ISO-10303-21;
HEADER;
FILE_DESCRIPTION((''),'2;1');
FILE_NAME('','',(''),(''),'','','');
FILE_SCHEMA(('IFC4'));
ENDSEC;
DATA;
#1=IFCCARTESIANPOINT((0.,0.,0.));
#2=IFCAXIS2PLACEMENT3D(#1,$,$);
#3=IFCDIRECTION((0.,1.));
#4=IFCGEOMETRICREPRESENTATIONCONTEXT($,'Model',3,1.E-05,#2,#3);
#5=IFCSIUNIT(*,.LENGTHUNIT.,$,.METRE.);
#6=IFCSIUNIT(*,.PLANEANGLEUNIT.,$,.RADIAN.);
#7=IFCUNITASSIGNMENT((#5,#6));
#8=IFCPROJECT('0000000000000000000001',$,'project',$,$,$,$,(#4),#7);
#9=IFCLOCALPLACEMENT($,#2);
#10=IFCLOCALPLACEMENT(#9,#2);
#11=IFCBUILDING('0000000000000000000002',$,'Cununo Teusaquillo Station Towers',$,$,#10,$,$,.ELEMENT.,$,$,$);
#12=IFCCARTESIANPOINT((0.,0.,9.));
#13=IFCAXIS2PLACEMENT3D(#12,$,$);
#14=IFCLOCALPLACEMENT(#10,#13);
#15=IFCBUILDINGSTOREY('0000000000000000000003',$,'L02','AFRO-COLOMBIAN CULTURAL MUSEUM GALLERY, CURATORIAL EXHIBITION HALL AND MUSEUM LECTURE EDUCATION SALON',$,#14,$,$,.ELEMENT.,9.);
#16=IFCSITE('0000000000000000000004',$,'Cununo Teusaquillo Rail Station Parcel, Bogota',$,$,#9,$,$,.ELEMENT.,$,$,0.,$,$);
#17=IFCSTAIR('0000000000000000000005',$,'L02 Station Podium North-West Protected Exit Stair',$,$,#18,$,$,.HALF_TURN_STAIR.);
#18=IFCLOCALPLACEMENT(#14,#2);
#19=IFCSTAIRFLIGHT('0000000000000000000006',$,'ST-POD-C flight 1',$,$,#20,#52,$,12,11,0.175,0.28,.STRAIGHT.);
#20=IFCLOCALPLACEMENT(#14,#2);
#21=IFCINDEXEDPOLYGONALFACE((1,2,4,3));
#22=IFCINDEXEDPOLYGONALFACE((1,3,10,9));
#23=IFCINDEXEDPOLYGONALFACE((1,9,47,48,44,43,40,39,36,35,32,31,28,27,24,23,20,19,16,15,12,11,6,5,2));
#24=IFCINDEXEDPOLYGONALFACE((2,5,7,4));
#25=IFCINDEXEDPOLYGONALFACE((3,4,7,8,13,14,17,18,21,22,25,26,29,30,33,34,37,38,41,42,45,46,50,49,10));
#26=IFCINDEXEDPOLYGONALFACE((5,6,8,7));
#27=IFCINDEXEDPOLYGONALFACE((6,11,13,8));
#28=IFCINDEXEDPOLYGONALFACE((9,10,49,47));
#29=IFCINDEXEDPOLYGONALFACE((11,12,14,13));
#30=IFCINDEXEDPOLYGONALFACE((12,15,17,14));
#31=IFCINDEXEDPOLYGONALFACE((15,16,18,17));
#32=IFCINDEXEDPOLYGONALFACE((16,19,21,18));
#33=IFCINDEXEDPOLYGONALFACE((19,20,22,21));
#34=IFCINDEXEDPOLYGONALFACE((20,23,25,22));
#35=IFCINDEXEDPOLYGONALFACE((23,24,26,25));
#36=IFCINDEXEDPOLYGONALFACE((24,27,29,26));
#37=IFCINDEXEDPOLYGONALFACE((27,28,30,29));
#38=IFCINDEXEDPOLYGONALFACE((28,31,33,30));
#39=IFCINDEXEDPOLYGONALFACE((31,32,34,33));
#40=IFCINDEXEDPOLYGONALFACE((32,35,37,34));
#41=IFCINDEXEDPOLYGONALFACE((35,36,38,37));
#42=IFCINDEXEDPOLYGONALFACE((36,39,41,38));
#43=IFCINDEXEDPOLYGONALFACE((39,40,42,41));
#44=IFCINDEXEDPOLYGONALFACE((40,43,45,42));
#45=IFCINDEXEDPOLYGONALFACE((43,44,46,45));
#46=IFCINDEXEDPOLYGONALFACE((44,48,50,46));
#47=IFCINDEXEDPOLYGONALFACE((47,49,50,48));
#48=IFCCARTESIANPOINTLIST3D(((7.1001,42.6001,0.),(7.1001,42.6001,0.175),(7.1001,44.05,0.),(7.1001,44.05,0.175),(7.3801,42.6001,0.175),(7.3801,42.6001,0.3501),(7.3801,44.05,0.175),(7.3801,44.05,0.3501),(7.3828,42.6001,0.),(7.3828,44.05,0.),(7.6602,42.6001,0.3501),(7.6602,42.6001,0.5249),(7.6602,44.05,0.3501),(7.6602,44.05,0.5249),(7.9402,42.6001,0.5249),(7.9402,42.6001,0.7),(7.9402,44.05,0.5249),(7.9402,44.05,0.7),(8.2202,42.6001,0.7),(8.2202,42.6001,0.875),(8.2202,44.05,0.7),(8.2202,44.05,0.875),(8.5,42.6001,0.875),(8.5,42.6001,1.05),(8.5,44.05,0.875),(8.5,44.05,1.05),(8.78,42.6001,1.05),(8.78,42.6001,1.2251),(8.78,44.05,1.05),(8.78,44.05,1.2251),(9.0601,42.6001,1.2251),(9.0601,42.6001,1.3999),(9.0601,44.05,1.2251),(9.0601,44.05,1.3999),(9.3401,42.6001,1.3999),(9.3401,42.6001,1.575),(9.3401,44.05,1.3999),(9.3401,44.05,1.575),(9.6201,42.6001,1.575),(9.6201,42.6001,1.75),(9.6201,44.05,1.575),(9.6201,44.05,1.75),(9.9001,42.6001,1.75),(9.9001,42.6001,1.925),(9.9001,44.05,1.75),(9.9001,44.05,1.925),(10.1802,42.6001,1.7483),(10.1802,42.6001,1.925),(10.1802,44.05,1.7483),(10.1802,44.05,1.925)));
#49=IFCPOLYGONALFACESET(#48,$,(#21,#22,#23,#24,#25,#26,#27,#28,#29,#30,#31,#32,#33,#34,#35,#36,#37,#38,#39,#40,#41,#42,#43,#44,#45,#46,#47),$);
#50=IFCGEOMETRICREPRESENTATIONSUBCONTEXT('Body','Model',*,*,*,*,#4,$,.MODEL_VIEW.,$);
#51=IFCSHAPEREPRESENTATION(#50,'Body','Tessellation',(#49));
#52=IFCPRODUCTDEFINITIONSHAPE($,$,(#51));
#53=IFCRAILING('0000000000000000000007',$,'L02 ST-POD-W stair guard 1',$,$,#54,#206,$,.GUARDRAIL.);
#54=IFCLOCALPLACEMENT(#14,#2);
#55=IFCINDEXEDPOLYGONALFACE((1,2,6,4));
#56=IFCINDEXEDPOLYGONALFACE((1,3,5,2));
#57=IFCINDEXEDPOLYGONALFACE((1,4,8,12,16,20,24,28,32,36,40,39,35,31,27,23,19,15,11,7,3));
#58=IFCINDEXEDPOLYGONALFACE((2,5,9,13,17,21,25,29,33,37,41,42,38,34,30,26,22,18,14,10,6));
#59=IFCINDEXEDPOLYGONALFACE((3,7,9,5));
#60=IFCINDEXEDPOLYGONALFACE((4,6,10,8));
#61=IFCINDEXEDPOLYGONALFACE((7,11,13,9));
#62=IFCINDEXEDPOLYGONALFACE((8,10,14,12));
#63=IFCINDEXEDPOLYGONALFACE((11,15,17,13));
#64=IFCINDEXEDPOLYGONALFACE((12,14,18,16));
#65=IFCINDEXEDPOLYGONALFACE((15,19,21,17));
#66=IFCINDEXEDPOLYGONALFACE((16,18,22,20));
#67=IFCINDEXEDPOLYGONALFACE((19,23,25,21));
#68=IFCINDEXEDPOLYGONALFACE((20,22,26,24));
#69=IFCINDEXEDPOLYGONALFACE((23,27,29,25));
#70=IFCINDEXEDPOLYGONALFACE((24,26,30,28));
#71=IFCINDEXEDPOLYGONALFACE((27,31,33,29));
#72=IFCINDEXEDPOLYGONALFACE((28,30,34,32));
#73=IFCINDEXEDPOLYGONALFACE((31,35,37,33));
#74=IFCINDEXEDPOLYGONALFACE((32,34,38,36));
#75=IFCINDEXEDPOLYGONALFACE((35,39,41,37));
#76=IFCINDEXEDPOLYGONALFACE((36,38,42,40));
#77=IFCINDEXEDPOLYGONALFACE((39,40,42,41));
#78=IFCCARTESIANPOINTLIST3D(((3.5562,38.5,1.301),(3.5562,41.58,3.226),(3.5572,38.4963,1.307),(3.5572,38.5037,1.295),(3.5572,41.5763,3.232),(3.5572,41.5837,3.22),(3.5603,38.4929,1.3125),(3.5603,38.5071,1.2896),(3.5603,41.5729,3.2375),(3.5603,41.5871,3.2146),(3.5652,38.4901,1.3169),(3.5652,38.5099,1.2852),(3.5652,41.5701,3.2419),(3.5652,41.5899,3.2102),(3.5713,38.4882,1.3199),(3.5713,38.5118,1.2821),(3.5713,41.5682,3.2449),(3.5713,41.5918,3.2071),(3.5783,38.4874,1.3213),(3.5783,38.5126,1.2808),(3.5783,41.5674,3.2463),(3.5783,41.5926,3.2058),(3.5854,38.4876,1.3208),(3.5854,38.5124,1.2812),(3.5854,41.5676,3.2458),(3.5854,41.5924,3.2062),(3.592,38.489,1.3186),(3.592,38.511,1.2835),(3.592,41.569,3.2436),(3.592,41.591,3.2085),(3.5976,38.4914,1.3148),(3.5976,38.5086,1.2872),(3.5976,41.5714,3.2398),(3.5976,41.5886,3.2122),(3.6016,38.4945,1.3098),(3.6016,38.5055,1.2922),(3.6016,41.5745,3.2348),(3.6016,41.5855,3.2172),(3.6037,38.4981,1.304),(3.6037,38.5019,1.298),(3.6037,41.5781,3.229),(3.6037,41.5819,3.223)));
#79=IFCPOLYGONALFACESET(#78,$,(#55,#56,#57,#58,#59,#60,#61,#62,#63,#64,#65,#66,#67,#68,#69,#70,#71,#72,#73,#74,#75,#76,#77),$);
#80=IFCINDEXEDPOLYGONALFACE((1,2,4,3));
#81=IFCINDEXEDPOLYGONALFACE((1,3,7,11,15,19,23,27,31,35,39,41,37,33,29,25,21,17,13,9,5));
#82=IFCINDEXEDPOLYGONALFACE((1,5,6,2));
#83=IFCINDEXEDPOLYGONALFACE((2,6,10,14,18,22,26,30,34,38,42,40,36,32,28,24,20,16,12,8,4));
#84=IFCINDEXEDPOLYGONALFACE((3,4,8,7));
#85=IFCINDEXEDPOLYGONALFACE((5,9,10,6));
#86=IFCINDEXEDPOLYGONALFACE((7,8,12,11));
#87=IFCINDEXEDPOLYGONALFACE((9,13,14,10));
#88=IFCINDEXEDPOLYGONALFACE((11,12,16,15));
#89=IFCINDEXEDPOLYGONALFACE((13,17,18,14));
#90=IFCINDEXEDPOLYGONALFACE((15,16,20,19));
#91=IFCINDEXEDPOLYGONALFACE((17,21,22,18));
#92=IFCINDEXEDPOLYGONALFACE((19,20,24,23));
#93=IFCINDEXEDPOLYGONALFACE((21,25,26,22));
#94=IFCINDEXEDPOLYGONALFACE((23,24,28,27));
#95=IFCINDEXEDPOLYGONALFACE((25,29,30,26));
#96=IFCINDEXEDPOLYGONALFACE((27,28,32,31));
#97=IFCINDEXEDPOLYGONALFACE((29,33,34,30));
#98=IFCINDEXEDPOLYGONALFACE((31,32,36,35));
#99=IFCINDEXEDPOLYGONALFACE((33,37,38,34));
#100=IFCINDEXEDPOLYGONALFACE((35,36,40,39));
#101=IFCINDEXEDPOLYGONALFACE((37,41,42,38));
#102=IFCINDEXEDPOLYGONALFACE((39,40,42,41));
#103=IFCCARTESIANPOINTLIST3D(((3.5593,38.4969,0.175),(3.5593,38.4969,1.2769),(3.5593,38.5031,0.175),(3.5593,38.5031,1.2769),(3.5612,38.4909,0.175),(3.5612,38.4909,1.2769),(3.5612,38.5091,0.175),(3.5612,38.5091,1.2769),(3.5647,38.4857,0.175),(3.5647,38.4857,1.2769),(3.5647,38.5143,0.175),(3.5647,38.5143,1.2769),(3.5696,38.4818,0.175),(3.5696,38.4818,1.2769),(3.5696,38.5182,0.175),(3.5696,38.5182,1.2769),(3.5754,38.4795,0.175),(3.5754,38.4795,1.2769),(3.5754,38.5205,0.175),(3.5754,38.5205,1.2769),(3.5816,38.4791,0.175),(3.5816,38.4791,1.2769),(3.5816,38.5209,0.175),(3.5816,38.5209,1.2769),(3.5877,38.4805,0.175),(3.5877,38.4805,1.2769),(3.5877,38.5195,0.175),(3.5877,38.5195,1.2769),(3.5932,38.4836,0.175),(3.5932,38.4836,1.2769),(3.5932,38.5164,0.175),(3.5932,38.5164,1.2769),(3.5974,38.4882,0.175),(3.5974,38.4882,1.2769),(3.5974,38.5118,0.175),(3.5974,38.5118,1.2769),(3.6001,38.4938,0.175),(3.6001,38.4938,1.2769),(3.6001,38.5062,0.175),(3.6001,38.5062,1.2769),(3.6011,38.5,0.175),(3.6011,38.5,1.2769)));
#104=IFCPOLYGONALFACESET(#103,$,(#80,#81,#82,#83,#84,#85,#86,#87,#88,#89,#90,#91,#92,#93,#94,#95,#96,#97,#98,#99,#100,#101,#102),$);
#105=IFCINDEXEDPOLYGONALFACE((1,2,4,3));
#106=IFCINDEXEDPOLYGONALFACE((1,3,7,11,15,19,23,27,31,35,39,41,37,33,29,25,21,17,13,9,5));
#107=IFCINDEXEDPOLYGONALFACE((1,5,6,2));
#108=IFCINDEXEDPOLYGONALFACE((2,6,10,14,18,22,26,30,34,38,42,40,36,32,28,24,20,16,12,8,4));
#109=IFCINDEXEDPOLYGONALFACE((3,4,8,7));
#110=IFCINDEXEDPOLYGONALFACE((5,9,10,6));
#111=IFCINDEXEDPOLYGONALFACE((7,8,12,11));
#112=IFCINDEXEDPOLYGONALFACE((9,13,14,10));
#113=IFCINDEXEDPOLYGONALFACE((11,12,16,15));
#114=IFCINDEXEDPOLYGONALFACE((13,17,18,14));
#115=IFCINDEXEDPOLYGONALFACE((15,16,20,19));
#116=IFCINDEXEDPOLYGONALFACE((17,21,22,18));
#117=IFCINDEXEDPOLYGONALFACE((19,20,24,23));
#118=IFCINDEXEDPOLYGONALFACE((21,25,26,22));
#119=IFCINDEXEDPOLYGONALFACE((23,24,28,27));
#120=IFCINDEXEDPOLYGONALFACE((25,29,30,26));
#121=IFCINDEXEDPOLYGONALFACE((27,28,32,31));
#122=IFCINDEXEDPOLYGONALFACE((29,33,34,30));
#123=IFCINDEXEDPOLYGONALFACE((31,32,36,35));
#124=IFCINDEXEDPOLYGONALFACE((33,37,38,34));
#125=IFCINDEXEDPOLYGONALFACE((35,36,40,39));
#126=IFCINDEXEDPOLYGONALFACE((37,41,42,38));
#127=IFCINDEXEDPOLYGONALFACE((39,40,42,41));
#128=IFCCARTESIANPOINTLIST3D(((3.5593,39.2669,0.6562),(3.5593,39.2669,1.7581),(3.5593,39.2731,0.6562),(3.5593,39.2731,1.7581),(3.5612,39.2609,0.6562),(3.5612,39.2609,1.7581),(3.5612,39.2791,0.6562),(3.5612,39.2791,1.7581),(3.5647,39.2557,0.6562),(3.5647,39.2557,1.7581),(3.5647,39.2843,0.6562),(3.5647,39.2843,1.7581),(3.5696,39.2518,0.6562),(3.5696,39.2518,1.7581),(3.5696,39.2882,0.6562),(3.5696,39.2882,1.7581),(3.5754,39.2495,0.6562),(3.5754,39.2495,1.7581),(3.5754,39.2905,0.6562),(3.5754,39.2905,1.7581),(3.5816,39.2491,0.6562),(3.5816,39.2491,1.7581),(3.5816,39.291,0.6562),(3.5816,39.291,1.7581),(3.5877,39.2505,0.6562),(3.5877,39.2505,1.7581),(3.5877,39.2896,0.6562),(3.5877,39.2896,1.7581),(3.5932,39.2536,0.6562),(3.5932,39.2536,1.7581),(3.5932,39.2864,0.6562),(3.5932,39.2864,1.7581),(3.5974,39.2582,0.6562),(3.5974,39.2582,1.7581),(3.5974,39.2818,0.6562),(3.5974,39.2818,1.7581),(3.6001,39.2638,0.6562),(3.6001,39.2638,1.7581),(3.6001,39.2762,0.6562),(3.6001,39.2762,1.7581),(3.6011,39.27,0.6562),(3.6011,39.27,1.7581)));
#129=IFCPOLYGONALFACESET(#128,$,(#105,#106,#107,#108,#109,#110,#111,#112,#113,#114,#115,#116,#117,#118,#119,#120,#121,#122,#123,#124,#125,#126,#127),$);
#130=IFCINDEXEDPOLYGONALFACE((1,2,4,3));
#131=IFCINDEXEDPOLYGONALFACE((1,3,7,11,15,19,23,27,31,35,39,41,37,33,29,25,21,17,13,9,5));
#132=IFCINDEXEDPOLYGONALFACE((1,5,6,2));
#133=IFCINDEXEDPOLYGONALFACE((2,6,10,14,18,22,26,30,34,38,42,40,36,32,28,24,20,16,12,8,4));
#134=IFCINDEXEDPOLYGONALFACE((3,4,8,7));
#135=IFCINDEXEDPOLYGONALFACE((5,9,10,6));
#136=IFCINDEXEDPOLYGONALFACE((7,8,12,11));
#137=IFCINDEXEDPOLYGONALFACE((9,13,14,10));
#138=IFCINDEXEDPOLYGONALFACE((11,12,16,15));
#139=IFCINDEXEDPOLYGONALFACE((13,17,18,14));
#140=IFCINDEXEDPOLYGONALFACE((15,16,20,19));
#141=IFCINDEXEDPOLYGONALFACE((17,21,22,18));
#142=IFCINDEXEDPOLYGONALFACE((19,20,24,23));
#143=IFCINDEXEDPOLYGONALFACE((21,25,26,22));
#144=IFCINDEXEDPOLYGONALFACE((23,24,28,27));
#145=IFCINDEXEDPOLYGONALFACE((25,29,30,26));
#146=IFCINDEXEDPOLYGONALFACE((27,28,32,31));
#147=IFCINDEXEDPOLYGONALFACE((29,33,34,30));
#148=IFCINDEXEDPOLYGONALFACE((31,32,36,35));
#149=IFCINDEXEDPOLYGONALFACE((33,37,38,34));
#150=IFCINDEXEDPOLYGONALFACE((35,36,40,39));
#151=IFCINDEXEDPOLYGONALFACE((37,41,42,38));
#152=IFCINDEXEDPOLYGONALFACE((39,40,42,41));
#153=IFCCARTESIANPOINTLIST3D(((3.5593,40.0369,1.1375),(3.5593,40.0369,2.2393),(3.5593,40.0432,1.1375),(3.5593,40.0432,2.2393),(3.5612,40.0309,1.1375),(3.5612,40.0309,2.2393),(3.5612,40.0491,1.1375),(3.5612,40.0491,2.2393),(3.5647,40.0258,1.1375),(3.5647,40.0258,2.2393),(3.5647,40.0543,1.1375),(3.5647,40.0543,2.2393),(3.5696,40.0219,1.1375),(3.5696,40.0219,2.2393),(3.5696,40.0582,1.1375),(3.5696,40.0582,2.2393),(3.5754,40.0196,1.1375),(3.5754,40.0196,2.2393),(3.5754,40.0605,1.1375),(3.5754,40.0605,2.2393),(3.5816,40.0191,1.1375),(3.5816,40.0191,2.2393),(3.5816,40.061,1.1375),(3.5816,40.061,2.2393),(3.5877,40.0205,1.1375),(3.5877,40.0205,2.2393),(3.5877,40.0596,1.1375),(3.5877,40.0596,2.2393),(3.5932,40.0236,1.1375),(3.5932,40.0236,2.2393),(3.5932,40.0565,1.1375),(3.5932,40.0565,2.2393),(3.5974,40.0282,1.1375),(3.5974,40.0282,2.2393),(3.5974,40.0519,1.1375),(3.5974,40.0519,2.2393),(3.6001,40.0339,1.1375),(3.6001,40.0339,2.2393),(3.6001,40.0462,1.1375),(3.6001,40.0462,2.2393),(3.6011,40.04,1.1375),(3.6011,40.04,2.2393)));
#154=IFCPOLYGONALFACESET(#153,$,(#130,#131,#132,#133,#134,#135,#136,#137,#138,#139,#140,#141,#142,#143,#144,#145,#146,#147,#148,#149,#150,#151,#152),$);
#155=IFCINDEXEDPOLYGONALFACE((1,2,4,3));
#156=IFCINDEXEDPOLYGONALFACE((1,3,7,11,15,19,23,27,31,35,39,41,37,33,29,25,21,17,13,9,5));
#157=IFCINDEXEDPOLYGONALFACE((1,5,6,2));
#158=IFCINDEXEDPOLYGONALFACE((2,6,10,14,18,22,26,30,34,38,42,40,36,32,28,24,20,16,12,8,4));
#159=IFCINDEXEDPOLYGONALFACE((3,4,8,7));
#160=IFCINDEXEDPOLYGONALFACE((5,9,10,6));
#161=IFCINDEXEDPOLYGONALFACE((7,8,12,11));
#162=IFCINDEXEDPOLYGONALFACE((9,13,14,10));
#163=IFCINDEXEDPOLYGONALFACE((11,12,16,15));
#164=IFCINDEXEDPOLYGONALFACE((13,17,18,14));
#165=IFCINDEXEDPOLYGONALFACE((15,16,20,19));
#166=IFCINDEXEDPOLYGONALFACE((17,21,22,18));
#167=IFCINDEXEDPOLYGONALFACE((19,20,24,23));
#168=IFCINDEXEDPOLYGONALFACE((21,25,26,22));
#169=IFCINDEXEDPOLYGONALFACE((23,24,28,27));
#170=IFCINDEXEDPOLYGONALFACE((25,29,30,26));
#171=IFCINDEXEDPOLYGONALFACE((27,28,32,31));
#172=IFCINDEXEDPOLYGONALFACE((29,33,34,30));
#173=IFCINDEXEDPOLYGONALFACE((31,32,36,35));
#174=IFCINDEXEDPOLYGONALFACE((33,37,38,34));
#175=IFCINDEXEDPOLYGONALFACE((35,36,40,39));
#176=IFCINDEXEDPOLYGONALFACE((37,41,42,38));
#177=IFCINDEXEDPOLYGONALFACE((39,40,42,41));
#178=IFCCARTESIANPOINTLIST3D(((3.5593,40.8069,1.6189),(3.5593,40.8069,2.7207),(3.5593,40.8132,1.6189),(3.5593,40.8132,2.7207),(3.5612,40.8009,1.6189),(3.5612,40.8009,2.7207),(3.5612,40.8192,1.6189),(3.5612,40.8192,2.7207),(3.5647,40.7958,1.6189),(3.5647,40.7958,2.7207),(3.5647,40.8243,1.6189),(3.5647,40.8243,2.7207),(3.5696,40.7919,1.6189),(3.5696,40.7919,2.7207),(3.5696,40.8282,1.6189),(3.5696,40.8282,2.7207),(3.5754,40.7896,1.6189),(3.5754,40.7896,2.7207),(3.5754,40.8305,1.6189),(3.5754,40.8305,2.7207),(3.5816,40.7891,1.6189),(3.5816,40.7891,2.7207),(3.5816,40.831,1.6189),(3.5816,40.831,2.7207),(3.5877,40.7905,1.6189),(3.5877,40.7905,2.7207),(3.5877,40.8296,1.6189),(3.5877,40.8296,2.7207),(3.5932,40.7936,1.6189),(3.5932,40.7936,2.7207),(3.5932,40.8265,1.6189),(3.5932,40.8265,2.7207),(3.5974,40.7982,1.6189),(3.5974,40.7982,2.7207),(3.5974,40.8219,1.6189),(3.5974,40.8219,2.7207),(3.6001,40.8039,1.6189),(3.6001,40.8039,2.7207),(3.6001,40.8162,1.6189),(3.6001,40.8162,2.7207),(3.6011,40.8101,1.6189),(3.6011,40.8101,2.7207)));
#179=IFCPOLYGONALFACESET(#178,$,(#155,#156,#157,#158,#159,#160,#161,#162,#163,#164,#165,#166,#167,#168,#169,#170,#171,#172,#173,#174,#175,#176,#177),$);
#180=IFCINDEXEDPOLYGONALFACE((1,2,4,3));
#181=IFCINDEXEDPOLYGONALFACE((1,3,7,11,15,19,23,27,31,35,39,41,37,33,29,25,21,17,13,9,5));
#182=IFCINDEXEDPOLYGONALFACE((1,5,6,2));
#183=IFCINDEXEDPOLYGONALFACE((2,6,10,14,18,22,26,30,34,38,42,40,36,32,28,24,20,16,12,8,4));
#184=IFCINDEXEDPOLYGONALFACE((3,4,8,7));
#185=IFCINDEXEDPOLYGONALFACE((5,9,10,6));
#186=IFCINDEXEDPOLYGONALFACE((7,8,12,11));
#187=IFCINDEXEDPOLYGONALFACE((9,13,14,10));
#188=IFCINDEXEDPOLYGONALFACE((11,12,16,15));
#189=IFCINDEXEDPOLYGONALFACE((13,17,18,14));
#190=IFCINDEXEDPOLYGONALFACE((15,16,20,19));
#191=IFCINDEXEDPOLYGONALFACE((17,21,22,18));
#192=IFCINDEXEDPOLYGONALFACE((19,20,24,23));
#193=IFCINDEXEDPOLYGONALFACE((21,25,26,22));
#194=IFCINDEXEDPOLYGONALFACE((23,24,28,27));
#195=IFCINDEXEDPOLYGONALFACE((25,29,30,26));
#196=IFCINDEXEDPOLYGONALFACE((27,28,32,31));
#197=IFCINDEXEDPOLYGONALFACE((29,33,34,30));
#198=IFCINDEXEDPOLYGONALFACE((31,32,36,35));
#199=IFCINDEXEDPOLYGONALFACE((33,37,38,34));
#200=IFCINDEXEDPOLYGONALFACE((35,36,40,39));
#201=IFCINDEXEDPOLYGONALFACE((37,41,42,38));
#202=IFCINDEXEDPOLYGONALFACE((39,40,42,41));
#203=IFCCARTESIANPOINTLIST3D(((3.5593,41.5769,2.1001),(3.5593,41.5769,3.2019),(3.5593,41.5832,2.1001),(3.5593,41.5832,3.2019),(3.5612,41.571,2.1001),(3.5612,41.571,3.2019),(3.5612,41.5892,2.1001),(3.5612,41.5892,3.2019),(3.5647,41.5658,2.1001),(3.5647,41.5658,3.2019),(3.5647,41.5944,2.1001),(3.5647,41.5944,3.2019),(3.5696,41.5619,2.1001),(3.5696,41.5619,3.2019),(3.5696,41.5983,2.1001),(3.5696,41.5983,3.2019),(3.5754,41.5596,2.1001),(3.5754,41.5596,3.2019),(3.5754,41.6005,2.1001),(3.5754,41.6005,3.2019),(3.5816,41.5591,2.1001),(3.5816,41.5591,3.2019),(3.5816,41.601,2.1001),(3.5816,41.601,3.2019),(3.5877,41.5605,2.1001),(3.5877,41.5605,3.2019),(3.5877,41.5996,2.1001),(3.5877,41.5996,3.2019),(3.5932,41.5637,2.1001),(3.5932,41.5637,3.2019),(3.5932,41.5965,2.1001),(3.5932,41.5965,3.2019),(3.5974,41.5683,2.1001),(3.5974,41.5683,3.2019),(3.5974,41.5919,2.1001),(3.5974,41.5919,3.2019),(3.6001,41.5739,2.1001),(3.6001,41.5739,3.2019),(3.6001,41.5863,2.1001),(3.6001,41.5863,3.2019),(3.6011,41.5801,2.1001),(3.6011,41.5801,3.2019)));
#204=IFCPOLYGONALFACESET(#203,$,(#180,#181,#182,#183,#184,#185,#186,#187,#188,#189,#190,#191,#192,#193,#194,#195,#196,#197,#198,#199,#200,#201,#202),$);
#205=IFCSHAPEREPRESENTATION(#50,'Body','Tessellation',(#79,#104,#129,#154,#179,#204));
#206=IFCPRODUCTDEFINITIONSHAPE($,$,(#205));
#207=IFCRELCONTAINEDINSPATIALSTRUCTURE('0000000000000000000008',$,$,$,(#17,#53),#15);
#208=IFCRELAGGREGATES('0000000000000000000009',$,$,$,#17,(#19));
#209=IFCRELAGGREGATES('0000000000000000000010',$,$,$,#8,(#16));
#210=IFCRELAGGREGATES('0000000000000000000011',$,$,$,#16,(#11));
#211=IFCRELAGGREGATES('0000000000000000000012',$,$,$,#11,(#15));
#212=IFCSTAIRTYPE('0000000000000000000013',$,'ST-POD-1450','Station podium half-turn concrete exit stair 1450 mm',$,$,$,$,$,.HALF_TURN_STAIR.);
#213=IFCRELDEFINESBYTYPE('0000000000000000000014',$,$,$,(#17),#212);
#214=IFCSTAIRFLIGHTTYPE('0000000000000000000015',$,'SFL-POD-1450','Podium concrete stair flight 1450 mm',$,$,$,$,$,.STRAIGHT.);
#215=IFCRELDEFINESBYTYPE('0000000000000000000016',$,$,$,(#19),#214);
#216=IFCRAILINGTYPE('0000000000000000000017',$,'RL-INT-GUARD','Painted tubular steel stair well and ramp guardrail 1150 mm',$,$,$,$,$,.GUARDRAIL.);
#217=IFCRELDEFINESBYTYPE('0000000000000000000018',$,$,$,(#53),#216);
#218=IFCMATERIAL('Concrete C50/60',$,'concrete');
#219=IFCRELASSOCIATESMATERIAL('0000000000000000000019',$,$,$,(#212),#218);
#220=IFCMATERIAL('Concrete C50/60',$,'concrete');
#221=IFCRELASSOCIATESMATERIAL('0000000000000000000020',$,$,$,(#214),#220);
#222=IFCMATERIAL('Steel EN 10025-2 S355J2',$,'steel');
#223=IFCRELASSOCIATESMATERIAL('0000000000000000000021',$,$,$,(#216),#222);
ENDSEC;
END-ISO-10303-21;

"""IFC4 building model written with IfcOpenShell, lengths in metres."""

from ifc_helpers import new_model, si_unit, direction, frame, origin, origin_2d, place, context, subcontext, project, spatial, polyline, circle, outline, extrude, material, type_object, element, aggregate, save


model = new_model("IFC4")

# Units and contexts
model_context = context("Model", 3, precision=1e-05, world=origin(), true_north=direction((0.0, 1.0)))
body_context = subcontext(model_context, "Body", "Model", "MODEL_VIEW")
ifc_project = project(units=[si_unit("LENGTHUNIT", "METRE"), si_unit("PLANEANGLEUNIT", "RADIAN")], contexts=[model_context])

# Site, building, storey
site_placement = place(None, origin())
site = spatial("IfcSite", under=ifc_project, at=site_placement, Name="Cununo Teusaquillo Rail Station Parcel, Bogota", CompositionType="ELEMENT", RefElevation=0.0)
building_placement = place(site_placement, origin())
building = spatial("IfcBuilding", under=site, at=building_placement, Name="Cununo Teusaquillo Station Towers", CompositionType="ELEMENT")
storey_placement = place(building_placement, frame((0.0, 0.0, 9.0)))
storey = spatial("IfcBuildingStorey", under=building, at=storey_placement, Name="L02", Description="AFRO-COLOMBIAN CULTURAL MUSEUM GALLERY, CURATORIAL EXHIBITION HALL AND MUSEUM LECTURE EDUCATION SALON", CompositionType="ELEMENT", Elevation=9.0)

# Shared definitions
ifc_material_1 = material(Name="Concrete C50/60", Category="concrete")
stair_type = type_object("IfcStairType", Name="ST-POD-1450", Description="Station podium half-turn concrete exit stair 1450 mm", PredefinedType="HALF_TURN_STAIR", material=ifc_material_1)
ifc_material_2 = material(Name="Concrete C50/60", Category="concrete")
stair_flight_type = type_object("IfcStairFlightType", Name="SFL-POD-1450", Description="Podium concrete stair flight 1450 mm", PredefinedType="STRAIGHT", material=ifc_material_2)

# Stair, stair flight
stair_1_placement = place(storey_placement, origin())
stair_1 = element("IfcStair", 1, at=stair_1_placement, inside=storey, type_object=stair_type, Name="L02 Station Podium North-West Protected Exit Stair", PredefinedType="HALF_TURN_STAIR")
stair_flight_1_placement = place(storey_placement, frame((7.1001, 43.325, 0.0), z_axis=(0.0, 0.0, 1.0), x_axis=(1.0, 0.0, 0.0)))
stair_flight_1 = element("IfcStairFlight", 2, at=stair_flight_1_placement, type_object=stair_flight_type, Name="ST-POD-C flight 1", NumberOfRisers=12, NumberOfTreads=11, PredefinedType="STRAIGHT", RiserHeight=0.175, TreadLength=0.28, context=body_context, shape_type="SweptSolid", body=[
    extrude(outline(polyline([(0.0, 0.0), (0.0, 0.175), (0.28, 0.175), (0.28, 0.3501), (0.5601, 0.3501), (0.5601, 0.5249), (0.8401, 0.5249), (0.8401, 0.7), (1.1201, 0.7), (1.1201, 0.875), (1.3999, 0.875), (1.3999, 1.05), (1.6799, 1.05), (1.6799, 1.2251), (1.96, 1.2251), (1.96, 1.3999), (2.24, 1.3999), (2.24, 1.575), (2.52, 1.575), (2.52, 1.75), (2.8, 1.75), (2.8, 1.925), (3.0801, 1.925), (3.0801, 2.1001), (3.0801, 1.7483), (0.2827, 0.0), (0.0, 0.0)])), frame((0.0, 0.7251, 0.0), z_axis=(0.0, -1.0, 0.0), x_axis=(1.0, 0.0, 0.0)), (0.0, 0.0, 1.0), 1.45),
])
aggregate(stair_1, [stair_flight_1])

# Railing
ifc_material_3 = material(Name="Steel EN 10025-2 S355J2", Category="steel")
railing_type_1 = type_object("IfcRailingType", Name="RL-INT-GUARD", Description="Painted tubular steel stair well and ramp guardrail 1150 mm", PredefinedType="GUARDRAIL", material=ifc_material_3)
railing_1_placement = place(storey_placement, frame((3.5801, 38.5, 0.175)))
element("IfcRailing", 3, at=railing_1_placement, inside=storey, type_object=railing_type_1, Name="L02 ST-POD-W stair guard 1", PredefinedType="GUARDRAIL", context=body_context, shape_type="SweptSolid", body=[
    extrude(circle(Radius=0.0239, at=origin_2d()), frame((0.0, 0.0, 1.126), z_axis=(0.0, 0.847998, 0.529999), x_axis=(-1.0, 0.0, 0.0)), (0.0, 0.0, 1.0), 3.6321),
    extrude(circle(Radius=0.021, at=origin_2d()), origin(), (0.0, 0.0, 1.0), 1.1018),
    extrude(circle(Radius=0.021, at=origin_2d()), frame((0.0, 0.77, 0.4812)), (0.0, 0.0, 1.0), 1.1018),
    extrude(circle(Radius=0.021, at=origin_2d()), frame((0.0, 1.54, 0.9624)), (0.0, 0.0, 1.0), 1.1018),
    extrude(circle(Radius=0.021, at=origin_2d()), frame((0.0, 2.3101, 1.4438)), (0.0, 0.0, 1.0), 1.1018),
    extrude(circle(Radius=0.021, at=origin_2d()), frame((0.0, 3.0801, 1.925)), (0.0, 0.0, 1.0), 1.1018),
])

save(model, "model.ifc")
